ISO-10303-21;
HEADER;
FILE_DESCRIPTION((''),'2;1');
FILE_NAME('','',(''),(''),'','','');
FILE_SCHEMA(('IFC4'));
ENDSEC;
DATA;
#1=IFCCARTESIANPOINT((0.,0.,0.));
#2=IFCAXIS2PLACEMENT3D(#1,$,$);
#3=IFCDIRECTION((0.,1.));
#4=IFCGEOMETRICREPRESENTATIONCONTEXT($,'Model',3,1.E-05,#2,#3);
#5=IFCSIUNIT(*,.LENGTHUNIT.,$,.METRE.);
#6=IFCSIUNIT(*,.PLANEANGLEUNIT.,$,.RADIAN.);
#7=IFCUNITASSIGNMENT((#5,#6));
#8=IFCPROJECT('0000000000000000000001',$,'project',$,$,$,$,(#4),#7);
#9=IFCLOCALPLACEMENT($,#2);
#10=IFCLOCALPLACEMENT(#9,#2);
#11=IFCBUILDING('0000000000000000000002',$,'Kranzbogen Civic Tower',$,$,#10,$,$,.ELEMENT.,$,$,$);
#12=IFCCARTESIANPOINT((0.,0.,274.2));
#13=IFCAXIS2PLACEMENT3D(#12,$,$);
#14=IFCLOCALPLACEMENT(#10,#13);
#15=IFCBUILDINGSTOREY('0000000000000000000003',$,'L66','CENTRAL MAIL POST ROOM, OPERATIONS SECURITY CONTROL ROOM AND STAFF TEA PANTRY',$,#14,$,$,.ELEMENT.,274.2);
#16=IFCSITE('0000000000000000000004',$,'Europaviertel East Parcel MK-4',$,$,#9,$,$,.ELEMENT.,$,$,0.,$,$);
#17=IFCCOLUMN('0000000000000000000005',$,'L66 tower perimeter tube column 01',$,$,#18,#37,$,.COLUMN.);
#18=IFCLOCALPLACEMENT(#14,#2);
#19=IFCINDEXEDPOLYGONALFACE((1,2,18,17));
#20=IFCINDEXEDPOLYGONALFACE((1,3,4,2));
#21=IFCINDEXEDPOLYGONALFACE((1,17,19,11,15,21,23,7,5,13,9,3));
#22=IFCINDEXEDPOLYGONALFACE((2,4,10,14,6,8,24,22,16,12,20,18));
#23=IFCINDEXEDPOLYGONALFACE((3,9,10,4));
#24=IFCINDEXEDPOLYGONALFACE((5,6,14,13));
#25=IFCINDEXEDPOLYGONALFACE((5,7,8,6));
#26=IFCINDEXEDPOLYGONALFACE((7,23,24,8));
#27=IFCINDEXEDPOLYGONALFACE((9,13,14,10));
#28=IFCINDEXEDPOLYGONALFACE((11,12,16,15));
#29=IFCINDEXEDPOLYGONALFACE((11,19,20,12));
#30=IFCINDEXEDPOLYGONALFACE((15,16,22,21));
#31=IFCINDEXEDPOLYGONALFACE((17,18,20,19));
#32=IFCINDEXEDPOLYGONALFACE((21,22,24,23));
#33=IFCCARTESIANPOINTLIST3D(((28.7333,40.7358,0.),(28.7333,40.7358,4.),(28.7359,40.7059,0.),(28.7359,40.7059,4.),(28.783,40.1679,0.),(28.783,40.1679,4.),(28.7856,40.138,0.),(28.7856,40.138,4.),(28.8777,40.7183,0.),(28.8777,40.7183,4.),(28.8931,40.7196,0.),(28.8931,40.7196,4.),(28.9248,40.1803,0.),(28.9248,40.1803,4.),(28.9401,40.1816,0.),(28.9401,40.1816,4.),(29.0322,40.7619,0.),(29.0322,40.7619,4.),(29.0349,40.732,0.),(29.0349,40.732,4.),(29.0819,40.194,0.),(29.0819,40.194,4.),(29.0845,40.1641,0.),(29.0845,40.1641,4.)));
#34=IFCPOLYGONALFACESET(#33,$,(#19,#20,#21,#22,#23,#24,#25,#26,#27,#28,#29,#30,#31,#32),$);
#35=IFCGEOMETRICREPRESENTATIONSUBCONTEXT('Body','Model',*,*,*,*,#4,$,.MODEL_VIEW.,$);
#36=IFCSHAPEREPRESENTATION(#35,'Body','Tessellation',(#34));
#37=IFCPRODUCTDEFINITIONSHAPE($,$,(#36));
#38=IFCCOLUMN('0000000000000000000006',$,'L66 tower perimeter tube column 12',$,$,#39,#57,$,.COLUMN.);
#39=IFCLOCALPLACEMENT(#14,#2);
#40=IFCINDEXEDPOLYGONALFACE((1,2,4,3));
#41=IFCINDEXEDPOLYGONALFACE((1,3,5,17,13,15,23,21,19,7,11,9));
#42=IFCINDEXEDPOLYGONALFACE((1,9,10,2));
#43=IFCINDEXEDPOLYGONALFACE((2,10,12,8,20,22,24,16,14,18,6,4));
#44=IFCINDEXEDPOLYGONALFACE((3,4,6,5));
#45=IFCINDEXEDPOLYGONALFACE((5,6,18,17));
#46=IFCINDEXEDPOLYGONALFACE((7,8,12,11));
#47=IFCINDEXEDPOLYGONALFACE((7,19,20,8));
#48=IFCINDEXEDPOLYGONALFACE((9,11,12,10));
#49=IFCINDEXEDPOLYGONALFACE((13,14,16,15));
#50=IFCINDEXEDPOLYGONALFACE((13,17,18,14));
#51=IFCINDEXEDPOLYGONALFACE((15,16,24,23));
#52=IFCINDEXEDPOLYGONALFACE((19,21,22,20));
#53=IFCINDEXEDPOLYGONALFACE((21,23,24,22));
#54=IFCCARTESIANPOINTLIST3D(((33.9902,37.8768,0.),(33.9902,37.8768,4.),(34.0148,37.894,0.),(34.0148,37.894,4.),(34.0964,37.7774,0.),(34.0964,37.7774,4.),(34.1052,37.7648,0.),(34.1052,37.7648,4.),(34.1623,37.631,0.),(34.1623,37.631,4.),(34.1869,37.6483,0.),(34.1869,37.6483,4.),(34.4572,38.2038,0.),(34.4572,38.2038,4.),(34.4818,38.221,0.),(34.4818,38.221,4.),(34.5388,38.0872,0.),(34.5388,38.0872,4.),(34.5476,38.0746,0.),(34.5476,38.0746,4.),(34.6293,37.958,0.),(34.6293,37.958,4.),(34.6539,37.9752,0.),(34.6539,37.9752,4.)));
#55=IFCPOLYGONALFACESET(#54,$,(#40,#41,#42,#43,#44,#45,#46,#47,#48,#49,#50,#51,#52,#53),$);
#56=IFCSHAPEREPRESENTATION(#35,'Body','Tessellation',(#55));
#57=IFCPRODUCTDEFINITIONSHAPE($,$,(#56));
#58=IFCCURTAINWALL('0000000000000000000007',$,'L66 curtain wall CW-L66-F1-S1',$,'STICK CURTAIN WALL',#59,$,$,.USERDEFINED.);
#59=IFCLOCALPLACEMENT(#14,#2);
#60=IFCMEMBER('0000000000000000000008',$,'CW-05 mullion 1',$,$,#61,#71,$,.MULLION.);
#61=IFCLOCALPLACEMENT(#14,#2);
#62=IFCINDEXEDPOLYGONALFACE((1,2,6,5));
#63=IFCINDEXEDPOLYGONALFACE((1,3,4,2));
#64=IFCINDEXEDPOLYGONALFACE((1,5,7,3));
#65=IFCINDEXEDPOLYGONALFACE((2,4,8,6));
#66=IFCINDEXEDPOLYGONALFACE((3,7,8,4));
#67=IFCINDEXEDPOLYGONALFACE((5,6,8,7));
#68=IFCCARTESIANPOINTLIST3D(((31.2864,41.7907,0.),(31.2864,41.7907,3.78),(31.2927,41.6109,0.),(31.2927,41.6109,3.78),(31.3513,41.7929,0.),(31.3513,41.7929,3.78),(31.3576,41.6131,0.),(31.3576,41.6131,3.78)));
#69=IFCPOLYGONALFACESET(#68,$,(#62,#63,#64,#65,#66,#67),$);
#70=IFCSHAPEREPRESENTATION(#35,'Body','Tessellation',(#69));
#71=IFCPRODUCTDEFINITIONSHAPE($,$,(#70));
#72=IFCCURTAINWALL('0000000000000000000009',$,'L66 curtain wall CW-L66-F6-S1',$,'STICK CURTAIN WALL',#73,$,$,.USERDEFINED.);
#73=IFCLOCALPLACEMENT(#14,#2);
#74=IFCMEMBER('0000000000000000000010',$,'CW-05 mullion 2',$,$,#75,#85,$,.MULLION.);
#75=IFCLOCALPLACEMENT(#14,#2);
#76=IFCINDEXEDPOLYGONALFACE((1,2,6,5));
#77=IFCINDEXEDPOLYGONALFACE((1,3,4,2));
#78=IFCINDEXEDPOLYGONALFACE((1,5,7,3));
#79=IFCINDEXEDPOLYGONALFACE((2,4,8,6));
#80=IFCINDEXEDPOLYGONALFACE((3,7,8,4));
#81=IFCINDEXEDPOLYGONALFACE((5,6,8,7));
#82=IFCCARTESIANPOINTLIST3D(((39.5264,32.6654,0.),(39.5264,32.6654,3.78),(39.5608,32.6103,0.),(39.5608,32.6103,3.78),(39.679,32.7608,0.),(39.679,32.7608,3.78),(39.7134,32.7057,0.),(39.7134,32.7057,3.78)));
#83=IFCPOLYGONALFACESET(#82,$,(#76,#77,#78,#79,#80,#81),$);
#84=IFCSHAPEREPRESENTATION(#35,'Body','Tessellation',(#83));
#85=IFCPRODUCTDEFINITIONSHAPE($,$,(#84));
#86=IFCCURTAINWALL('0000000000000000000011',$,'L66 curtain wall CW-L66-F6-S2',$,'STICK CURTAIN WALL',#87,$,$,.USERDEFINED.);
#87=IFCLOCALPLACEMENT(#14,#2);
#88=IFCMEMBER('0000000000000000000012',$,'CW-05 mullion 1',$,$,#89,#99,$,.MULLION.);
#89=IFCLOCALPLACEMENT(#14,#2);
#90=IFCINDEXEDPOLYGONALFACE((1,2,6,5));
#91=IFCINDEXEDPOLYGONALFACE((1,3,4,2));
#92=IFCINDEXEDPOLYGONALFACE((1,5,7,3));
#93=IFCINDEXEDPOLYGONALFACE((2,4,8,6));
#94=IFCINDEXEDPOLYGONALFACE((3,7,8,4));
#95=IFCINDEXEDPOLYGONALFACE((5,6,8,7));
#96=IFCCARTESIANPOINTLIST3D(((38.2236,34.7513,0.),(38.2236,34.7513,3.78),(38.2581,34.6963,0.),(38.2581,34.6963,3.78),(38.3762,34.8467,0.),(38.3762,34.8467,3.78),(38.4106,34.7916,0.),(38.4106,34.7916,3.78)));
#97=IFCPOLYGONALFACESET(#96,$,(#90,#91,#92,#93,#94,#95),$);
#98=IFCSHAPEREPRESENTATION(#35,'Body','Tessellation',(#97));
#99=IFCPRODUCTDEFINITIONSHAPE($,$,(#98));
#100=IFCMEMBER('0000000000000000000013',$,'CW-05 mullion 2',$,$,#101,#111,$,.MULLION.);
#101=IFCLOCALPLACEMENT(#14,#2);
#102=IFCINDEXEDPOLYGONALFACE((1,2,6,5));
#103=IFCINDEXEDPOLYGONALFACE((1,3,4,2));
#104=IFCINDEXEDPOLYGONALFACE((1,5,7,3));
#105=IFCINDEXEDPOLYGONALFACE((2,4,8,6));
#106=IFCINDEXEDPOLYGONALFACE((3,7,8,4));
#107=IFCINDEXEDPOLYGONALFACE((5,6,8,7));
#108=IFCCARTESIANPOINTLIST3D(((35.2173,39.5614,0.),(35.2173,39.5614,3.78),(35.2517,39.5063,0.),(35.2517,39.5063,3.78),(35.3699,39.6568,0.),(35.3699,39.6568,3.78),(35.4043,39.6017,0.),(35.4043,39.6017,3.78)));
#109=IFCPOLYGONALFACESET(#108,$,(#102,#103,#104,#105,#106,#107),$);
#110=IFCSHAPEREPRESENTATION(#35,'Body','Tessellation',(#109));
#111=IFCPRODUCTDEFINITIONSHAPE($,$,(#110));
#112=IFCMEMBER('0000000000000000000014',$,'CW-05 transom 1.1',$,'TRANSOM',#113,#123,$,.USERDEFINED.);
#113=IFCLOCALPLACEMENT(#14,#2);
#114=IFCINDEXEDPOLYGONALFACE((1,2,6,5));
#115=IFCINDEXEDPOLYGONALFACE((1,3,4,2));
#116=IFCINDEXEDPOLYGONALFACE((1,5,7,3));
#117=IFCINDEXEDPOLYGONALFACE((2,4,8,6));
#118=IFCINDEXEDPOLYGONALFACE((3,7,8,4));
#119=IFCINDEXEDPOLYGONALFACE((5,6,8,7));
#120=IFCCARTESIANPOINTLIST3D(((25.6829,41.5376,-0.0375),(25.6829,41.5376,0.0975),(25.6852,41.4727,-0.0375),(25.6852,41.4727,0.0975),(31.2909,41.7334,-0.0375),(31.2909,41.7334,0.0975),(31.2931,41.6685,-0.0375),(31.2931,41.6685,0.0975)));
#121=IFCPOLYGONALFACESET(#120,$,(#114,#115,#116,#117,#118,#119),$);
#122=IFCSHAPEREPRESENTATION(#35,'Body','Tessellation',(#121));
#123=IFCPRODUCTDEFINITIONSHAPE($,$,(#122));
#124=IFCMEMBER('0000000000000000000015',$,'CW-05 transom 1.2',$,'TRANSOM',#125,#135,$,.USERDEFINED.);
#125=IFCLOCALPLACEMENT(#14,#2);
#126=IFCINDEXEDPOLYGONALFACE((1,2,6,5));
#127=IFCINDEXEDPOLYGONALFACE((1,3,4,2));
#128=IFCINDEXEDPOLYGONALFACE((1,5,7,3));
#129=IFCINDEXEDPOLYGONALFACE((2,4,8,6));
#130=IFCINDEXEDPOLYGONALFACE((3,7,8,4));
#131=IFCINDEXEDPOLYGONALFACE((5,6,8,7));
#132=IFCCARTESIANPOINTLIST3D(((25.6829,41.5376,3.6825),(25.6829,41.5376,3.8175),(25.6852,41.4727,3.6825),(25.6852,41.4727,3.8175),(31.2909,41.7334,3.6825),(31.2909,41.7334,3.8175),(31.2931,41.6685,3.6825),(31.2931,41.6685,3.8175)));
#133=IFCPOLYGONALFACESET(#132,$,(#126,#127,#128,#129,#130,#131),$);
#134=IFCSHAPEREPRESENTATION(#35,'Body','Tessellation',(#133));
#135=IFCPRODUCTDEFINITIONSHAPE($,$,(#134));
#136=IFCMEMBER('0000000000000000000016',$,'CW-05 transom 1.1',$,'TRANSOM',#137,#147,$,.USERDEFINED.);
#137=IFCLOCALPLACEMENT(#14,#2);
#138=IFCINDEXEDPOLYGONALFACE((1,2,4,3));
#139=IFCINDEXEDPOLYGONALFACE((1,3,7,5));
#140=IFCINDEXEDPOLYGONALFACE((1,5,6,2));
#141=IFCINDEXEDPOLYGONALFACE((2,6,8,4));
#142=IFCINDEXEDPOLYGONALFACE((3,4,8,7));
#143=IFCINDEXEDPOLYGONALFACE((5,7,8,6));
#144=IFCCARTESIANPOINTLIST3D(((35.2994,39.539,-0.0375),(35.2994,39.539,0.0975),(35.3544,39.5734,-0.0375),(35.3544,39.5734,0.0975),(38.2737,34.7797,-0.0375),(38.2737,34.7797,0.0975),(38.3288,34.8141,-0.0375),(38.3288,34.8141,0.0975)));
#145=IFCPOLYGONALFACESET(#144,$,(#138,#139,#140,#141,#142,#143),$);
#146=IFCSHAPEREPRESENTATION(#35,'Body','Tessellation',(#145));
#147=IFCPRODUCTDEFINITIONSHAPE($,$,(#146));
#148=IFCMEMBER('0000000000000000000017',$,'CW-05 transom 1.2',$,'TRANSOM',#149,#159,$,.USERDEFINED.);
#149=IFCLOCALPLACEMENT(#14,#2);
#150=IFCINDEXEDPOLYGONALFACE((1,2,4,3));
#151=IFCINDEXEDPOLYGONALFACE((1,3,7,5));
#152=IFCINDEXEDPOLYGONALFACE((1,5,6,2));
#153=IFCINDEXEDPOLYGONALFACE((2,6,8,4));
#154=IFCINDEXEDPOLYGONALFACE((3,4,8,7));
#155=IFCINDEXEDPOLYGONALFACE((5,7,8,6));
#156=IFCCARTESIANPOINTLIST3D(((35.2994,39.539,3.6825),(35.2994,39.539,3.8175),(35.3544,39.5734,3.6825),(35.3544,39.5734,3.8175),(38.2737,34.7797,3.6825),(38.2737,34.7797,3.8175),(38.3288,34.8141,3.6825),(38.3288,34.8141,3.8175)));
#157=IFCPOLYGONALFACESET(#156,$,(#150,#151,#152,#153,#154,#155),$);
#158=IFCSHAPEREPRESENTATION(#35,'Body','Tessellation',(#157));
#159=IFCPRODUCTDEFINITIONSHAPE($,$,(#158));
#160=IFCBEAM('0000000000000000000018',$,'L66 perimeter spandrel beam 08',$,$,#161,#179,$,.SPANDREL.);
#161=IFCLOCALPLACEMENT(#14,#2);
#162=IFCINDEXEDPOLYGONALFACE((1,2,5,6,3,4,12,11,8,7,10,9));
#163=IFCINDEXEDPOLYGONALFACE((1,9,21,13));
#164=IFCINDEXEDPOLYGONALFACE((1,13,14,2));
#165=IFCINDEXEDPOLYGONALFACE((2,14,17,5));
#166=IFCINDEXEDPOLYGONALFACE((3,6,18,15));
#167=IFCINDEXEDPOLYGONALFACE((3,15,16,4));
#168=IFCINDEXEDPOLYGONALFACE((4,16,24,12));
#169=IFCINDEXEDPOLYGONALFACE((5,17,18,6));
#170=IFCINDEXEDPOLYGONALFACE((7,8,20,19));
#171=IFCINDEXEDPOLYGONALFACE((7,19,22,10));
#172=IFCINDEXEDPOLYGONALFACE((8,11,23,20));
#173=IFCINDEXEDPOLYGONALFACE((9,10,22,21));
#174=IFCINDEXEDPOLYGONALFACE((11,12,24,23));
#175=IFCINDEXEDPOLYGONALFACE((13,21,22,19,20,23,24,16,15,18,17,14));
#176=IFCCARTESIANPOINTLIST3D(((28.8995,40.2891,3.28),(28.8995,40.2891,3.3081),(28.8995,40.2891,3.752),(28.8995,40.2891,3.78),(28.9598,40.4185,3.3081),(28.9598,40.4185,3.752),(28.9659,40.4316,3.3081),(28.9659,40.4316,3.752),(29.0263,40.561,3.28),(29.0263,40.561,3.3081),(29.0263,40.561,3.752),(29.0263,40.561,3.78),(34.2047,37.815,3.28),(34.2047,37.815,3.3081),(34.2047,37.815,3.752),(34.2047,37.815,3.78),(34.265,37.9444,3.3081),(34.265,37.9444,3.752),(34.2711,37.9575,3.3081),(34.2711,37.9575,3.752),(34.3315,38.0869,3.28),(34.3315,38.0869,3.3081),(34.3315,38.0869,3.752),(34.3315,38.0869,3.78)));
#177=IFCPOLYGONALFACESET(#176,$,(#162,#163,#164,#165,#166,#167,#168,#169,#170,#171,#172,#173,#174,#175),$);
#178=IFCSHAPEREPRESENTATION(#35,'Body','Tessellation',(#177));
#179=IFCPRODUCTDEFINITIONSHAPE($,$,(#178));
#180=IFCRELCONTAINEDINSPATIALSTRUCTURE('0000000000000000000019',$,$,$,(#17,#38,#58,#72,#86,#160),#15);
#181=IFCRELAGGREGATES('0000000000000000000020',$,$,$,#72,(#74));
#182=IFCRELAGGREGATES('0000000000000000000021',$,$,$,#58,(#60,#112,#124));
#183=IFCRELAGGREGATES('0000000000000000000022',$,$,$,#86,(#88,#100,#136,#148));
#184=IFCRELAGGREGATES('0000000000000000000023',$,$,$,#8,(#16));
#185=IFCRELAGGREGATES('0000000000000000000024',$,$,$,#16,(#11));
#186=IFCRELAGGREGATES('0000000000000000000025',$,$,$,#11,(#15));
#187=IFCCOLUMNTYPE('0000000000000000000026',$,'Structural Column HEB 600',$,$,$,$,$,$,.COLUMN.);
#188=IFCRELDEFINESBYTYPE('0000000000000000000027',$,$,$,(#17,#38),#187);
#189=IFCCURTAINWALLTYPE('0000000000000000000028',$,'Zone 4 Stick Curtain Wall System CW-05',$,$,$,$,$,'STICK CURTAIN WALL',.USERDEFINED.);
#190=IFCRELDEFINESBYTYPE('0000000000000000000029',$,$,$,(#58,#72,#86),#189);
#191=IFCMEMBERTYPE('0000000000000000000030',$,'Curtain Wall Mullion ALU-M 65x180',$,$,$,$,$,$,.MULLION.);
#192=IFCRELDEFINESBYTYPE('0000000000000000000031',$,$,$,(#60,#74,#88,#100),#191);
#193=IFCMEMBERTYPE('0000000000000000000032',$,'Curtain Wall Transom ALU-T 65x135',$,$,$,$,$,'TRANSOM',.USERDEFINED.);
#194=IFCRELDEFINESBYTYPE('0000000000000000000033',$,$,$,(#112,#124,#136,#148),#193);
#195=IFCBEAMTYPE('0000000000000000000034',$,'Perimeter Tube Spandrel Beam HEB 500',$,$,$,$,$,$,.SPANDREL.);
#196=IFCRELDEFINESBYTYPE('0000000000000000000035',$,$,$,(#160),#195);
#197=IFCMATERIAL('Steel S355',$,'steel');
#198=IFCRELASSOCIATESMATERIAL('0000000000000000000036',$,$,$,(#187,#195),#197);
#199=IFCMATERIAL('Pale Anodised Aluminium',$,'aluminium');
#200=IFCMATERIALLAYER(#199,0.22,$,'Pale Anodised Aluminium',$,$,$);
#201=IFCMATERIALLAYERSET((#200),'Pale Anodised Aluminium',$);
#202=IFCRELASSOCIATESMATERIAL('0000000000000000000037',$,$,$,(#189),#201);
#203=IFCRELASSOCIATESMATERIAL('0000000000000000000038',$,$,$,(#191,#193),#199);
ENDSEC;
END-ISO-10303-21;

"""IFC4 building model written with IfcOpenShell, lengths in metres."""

from ifc_helpers import new_model, si_unit, direction, frame, origin, origin_2d, place, context, subcontext, project, spatial, rectangle, i_section, extrude, material, layer, layer_set, material_profile, profile_set, type_object, element, aggregate, save


model = new_model("IFC4")

# Units and contexts
model_context = context("Model", 3, precision=1e-05, world=origin(), true_north=direction((0.0, 1.0)))
body_context = subcontext(model_context, "Body", "Model", "MODEL_VIEW")
ifc_project = project(units=[si_unit("LENGTHUNIT", "METRE"), si_unit("PLANEANGLEUNIT", "RADIAN")], contexts=[model_context])

# Site, building, storey
site_placement = place(None, origin())
site = spatial("IfcSite", under=ifc_project, at=site_placement, Name="Europaviertel East Parcel MK-4", CompositionType="ELEMENT", RefElevation=0.0)
building_placement = place(site_placement, origin())
building = spatial("IfcBuilding", under=site, at=building_placement, Name="Kranzbogen Civic Tower", CompositionType="ELEMENT")
storey_placement = place(building_placement, frame((0.0, 0.0, 274.2)))
storey = spatial("IfcBuildingStorey", under=building, at=storey_placement, Name="L66", Description="CENTRAL MAIL POST ROOM, OPERATIONS SECURITY CONTROL ROOM AND STAFF TEA PANTRY", CompositionType="ELEMENT", Elevation=274.2)

# Columns
ifc_material_1 = material(Name="Steel S355", Category="steel")
ifc_material_profile_1 = material_profile(ifc_material_1, i_section(OverallWidth=0.3, OverallDepth=0.6001, WebThickness=0.0154, FlangeThickness=0.03, at=origin_2d()), Name="HEB 600")
ifc_profile_set_1 = profile_set([ifc_material_profile_1], Name="Steel S355")
column_type = type_object("IfcColumnType", Name="Structural Column HEB 600", PredefinedType="COLUMN", material=ifc_profile_set_1)
for number, where, z_axis, x_axis, name in (
    (1, (28.9089, 40.45, 0.0), (0.0, 0.0, 1.0), (0.996195, 0.087156, 0.0), "L66 tower perimeter tube column 01"),
    (2, (34.322, 37.926, 0.0), (0.0, 0.0, 1.0), (-0.573576, 0.819152, 0.0), "L66 tower perimeter tube column 12"),
):
    element("IfcColumn", number, at=place(storey_placement, frame(where, z_axis=z_axis, x_axis=x_axis)), inside=storey, type_object=column_type, Name=name, PredefinedType="COLUMN", context=body_context, shape_type="SweptSolid", body=[
        extrude(i_section(OverallWidth=0.3, OverallDepth=0.6001, WebThickness=0.0154, FlangeThickness=0.03, at=origin_2d()), origin(), (0.0, 0.0, 1.0), 4.0),
    ])

# Curtain walls, members
ifc_material_2 = material(Name="Pale Anodised Aluminium", Category="aluminium")
ifc_layer_1 = layer(ifc_material_2, 0.22, Name="Pale Anodised Aluminium")
ifc_layer_set_1 = layer_set([ifc_layer_1], Name="Pale Anodised Aluminium")
curtain_wall_type = type_object("IfcCurtainWallType", Name="Zone 4 Stick Curtain Wall System CW-05", ElementType="STICK CURTAIN WALL", PredefinedType="USERDEFINED", material=ifc_layer_set_1)
curtain_wall_1_placement = place(storey_placement, origin())
curtain_wall_1 = element("IfcCurtainWall", 3, at=curtain_wall_1_placement, inside=storey, type_object=curtain_wall_type, Name="L66 curtain wall CW-L66-F1-S1", ObjectType="STICK CURTAIN WALL", PredefinedType="USERDEFINED")
ifc_material_profile_2 = material_profile(ifc_material_2, rectangle(XDim=0.0649, YDim=0.1799, at=origin_2d()), Name="ALU-M 65x180")
ifc_profile_set_2 = profile_set([ifc_material_profile_2], Name="Pale Anodised Aluminium")
member_type_1 = type_object("IfcMemberType", Name="Curtain Wall Mullion ALU-M 65x180", PredefinedType="MULLION", material=ifc_profile_set_2)
member_1_placement = place(storey_placement, frame((31.322, 41.7019, 0.0), z_axis=(0.0, 0.0, 1.0), x_axis=(-0.999391, -0.034895, 0.0)))
member_1 = element("IfcMember", 4, at=member_1_placement, type_object=member_type_1, Name="CW-05 mullion 1", PredefinedType="MULLION", context=body_context, shape_type="SweptSolid", body=[
    extrude(rectangle(XDim=0.0649, YDim=0.1799, at=origin_2d()), origin(), (0.0, 0.0, 1.0), 3.78),
])
curtain_wall_2_placement = place(storey_placement, origin())
curtain_wall_2 = element("IfcCurtainWall", 5, at=curtain_wall_2_placement, inside=storey, type_object=curtain_wall_type, Name="L66 curtain wall CW-L66-F6-S1", ObjectType="STICK CURTAIN WALL", PredefinedType="USERDEFINED")
member_2_placement = place(storey_placement, frame((39.6199, 32.6855, 0.0), z_axis=(0.0, 0.0, 1.0), x_axis=(-0.529983, 0.848008, 0.0)))
member_2 = element("IfcMember", 6, at=member_2_placement, type_object=member_type_1, Name="CW-05 mullion 2", PredefinedType="MULLION", context=body_context, shape_type="SweptSolid", body=[
    extrude(rectangle(XDim=0.0649, YDim=0.1799, at=origin_2d()), origin(), (0.0, 0.0, 1.0), 3.78),
])
aggregate(curtain_wall_2, [member_2])

# Curtain wall, members
curtain_wall_3_placement = place(storey_placement, origin())
curtain_wall_3 = element("IfcCurtainWall", 7, at=curtain_wall_3_placement, inside=storey, type_object=curtain_wall_type, Name="L66 curtain wall CW-L66-F6-S2", ObjectType="STICK CURTAIN WALL", PredefinedType="USERDEFINED")
member_3_placement = place(storey_placement, frame((38.3171, 34.7715, 0.0), z_axis=(0.0, 0.0, 1.0), x_axis=(-0.529983, 0.848008, 0.0)))
member_3 = element("IfcMember", 8, at=member_3_placement, type_object=member_type_1, Name="CW-05 mullion 1", PredefinedType="MULLION", context=body_context, shape_type="SweptSolid", body=[
    extrude(rectangle(XDim=0.0649, YDim=0.1799, at=origin_2d()), origin(), (0.0, 0.0, 1.0), 3.78),
])
member_4_placement = place(storey_placement, frame((35.3108, 39.5815, 0.0), z_axis=(0.0, 0.0, 1.0), x_axis=(-0.529983, 0.848008, 0.0)))
member_4 = element("IfcMember", 9, at=member_4_placement, type_object=member_type_1, Name="CW-05 mullion 2", PredefinedType="MULLION", context=body_context, shape_type="SweptSolid", body=[
    extrude(rectangle(XDim=0.0649, YDim=0.1799, at=origin_2d()), origin(), (0.0, 0.0, 1.0), 3.78),
])

# Members
ifc_material_profile_3 = material_profile(ifc_material_2, rectangle(XDim=0.0649, YDim=0.135, at=origin_2d()), Name="ALU-T 65x135")
ifc_profile_set_3 = profile_set([ifc_material_profile_3], Name="Pale Anodised Aluminium")
member_type_2 = type_object("IfcMemberType", Name="Curtain Wall Transom ALU-T 65x135", ElementType="TRANSOM", PredefinedType="USERDEFINED", material=ifc_profile_set_3)
member_5_placement = place(storey_placement, frame((31.292, 41.7009, 0.03), z_axis=(-0.999391, -0.034894, 0.0), x_axis=(0.034894, -0.999391, 0.0)))
member_5 = element("IfcMember", 10, at=member_5_placement, type_object=member_type_2, Name="CW-05 transom 1.1", ObjectType="TRANSOM", PredefinedType="USERDEFINED", context=body_context, shape_type="SweptSolid", body=[
    extrude(rectangle(XDim=0.0649, YDim=0.135, at=origin_2d()), origin(), (0.0, 0.0, 1.0), 5.6113),
])
member_6_placement = place(storey_placement, frame((31.292, 41.7009, 3.75), z_axis=(-0.999391, -0.034894, 0.0), x_axis=(0.034894, -0.999391, 0.0)))
member_6 = element("IfcMember", 11, at=member_6_placement, type_object=member_type_2, Name="CW-05 transom 1.2", ObjectType="TRANSOM", PredefinedType="USERDEFINED", context=body_context, shape_type="SweptSolid", body=[
    extrude(rectangle(XDim=0.0649, YDim=0.135, at=origin_2d()), origin(), (0.0, 0.0, 1.0), 5.6113),
])
member_7_placement = place(storey_placement, frame((38.3013, 34.7969, 0.03), z_axis=(-0.529975, 0.848013, 0.0), x_axis=(-0.848013, -0.529975, 0.0)))
member_7 = element("IfcMember", 12, at=member_7_placement, type_object=member_type_2, Name="CW-05 transom 1.1", ObjectType="TRANSOM", PredefinedType="USERDEFINED", context=body_context, shape_type="SweptSolid", body=[
    extrude(rectangle(XDim=0.0649, YDim=0.135, at=origin_2d()), origin(), (0.0, 0.0, 1.0), 5.6123),
])
member_8_placement = place(storey_placement, frame((38.3013, 34.7969, 3.75), z_axis=(-0.529975, 0.848013, 0.0), x_axis=(-0.848013, -0.529975, 0.0)))
member_8 = element("IfcMember", 13, at=member_8_placement, type_object=member_type_2, Name="CW-05 transom 1.2", ObjectType="TRANSOM", PredefinedType="USERDEFINED", context=body_context, shape_type="SweptSolid", body=[
    extrude(rectangle(XDim=0.0649, YDim=0.135, at=origin_2d()), origin(), (0.0, 0.0, 1.0), 5.6123),
])

# Beam
ifc_material_profile_4 = material_profile(ifc_material_1, i_section(OverallWidth=0.3, OverallDepth=0.5, WebThickness=0.0144, FlangeThickness=0.0281, at=origin_2d()), Name="HEB 500")
ifc_profile_set_4 = profile_set([ifc_material_profile_4], Name="Steel S355")
beam_type_1 = type_object("IfcBeamType", Name="Perimeter Tube Spandrel Beam HEB 500", PredefinedType="SPANDREL", material=ifc_profile_set_4)
beam_1_placement = place(storey_placement, frame((34.2681, 37.9509, 3.53), z_axis=(-0.90629, 0.422657, 0.0), x_axis=(-0.422657, -0.90629, 0.0)))
element("IfcBeam", 14, at=beam_1_placement, inside=storey, type_object=beam_type_1, Name="L66 perimeter spandrel beam 08", PredefinedType="SPANDREL", context=body_context, shape_type="SweptSolid", body=[
    extrude(i_section(OverallWidth=0.3, OverallDepth=0.5, WebThickness=0.0144, FlangeThickness=0.0281, at=origin_2d()), origin(), (0.0, 0.0, 1.0), 5.8538),
])

aggregate(curtain_wall_1, [member_1, member_5, member_6])
aggregate(curtain_wall_3, [member_3, member_4, member_7, member_8])

save(model, "model.ifc")
